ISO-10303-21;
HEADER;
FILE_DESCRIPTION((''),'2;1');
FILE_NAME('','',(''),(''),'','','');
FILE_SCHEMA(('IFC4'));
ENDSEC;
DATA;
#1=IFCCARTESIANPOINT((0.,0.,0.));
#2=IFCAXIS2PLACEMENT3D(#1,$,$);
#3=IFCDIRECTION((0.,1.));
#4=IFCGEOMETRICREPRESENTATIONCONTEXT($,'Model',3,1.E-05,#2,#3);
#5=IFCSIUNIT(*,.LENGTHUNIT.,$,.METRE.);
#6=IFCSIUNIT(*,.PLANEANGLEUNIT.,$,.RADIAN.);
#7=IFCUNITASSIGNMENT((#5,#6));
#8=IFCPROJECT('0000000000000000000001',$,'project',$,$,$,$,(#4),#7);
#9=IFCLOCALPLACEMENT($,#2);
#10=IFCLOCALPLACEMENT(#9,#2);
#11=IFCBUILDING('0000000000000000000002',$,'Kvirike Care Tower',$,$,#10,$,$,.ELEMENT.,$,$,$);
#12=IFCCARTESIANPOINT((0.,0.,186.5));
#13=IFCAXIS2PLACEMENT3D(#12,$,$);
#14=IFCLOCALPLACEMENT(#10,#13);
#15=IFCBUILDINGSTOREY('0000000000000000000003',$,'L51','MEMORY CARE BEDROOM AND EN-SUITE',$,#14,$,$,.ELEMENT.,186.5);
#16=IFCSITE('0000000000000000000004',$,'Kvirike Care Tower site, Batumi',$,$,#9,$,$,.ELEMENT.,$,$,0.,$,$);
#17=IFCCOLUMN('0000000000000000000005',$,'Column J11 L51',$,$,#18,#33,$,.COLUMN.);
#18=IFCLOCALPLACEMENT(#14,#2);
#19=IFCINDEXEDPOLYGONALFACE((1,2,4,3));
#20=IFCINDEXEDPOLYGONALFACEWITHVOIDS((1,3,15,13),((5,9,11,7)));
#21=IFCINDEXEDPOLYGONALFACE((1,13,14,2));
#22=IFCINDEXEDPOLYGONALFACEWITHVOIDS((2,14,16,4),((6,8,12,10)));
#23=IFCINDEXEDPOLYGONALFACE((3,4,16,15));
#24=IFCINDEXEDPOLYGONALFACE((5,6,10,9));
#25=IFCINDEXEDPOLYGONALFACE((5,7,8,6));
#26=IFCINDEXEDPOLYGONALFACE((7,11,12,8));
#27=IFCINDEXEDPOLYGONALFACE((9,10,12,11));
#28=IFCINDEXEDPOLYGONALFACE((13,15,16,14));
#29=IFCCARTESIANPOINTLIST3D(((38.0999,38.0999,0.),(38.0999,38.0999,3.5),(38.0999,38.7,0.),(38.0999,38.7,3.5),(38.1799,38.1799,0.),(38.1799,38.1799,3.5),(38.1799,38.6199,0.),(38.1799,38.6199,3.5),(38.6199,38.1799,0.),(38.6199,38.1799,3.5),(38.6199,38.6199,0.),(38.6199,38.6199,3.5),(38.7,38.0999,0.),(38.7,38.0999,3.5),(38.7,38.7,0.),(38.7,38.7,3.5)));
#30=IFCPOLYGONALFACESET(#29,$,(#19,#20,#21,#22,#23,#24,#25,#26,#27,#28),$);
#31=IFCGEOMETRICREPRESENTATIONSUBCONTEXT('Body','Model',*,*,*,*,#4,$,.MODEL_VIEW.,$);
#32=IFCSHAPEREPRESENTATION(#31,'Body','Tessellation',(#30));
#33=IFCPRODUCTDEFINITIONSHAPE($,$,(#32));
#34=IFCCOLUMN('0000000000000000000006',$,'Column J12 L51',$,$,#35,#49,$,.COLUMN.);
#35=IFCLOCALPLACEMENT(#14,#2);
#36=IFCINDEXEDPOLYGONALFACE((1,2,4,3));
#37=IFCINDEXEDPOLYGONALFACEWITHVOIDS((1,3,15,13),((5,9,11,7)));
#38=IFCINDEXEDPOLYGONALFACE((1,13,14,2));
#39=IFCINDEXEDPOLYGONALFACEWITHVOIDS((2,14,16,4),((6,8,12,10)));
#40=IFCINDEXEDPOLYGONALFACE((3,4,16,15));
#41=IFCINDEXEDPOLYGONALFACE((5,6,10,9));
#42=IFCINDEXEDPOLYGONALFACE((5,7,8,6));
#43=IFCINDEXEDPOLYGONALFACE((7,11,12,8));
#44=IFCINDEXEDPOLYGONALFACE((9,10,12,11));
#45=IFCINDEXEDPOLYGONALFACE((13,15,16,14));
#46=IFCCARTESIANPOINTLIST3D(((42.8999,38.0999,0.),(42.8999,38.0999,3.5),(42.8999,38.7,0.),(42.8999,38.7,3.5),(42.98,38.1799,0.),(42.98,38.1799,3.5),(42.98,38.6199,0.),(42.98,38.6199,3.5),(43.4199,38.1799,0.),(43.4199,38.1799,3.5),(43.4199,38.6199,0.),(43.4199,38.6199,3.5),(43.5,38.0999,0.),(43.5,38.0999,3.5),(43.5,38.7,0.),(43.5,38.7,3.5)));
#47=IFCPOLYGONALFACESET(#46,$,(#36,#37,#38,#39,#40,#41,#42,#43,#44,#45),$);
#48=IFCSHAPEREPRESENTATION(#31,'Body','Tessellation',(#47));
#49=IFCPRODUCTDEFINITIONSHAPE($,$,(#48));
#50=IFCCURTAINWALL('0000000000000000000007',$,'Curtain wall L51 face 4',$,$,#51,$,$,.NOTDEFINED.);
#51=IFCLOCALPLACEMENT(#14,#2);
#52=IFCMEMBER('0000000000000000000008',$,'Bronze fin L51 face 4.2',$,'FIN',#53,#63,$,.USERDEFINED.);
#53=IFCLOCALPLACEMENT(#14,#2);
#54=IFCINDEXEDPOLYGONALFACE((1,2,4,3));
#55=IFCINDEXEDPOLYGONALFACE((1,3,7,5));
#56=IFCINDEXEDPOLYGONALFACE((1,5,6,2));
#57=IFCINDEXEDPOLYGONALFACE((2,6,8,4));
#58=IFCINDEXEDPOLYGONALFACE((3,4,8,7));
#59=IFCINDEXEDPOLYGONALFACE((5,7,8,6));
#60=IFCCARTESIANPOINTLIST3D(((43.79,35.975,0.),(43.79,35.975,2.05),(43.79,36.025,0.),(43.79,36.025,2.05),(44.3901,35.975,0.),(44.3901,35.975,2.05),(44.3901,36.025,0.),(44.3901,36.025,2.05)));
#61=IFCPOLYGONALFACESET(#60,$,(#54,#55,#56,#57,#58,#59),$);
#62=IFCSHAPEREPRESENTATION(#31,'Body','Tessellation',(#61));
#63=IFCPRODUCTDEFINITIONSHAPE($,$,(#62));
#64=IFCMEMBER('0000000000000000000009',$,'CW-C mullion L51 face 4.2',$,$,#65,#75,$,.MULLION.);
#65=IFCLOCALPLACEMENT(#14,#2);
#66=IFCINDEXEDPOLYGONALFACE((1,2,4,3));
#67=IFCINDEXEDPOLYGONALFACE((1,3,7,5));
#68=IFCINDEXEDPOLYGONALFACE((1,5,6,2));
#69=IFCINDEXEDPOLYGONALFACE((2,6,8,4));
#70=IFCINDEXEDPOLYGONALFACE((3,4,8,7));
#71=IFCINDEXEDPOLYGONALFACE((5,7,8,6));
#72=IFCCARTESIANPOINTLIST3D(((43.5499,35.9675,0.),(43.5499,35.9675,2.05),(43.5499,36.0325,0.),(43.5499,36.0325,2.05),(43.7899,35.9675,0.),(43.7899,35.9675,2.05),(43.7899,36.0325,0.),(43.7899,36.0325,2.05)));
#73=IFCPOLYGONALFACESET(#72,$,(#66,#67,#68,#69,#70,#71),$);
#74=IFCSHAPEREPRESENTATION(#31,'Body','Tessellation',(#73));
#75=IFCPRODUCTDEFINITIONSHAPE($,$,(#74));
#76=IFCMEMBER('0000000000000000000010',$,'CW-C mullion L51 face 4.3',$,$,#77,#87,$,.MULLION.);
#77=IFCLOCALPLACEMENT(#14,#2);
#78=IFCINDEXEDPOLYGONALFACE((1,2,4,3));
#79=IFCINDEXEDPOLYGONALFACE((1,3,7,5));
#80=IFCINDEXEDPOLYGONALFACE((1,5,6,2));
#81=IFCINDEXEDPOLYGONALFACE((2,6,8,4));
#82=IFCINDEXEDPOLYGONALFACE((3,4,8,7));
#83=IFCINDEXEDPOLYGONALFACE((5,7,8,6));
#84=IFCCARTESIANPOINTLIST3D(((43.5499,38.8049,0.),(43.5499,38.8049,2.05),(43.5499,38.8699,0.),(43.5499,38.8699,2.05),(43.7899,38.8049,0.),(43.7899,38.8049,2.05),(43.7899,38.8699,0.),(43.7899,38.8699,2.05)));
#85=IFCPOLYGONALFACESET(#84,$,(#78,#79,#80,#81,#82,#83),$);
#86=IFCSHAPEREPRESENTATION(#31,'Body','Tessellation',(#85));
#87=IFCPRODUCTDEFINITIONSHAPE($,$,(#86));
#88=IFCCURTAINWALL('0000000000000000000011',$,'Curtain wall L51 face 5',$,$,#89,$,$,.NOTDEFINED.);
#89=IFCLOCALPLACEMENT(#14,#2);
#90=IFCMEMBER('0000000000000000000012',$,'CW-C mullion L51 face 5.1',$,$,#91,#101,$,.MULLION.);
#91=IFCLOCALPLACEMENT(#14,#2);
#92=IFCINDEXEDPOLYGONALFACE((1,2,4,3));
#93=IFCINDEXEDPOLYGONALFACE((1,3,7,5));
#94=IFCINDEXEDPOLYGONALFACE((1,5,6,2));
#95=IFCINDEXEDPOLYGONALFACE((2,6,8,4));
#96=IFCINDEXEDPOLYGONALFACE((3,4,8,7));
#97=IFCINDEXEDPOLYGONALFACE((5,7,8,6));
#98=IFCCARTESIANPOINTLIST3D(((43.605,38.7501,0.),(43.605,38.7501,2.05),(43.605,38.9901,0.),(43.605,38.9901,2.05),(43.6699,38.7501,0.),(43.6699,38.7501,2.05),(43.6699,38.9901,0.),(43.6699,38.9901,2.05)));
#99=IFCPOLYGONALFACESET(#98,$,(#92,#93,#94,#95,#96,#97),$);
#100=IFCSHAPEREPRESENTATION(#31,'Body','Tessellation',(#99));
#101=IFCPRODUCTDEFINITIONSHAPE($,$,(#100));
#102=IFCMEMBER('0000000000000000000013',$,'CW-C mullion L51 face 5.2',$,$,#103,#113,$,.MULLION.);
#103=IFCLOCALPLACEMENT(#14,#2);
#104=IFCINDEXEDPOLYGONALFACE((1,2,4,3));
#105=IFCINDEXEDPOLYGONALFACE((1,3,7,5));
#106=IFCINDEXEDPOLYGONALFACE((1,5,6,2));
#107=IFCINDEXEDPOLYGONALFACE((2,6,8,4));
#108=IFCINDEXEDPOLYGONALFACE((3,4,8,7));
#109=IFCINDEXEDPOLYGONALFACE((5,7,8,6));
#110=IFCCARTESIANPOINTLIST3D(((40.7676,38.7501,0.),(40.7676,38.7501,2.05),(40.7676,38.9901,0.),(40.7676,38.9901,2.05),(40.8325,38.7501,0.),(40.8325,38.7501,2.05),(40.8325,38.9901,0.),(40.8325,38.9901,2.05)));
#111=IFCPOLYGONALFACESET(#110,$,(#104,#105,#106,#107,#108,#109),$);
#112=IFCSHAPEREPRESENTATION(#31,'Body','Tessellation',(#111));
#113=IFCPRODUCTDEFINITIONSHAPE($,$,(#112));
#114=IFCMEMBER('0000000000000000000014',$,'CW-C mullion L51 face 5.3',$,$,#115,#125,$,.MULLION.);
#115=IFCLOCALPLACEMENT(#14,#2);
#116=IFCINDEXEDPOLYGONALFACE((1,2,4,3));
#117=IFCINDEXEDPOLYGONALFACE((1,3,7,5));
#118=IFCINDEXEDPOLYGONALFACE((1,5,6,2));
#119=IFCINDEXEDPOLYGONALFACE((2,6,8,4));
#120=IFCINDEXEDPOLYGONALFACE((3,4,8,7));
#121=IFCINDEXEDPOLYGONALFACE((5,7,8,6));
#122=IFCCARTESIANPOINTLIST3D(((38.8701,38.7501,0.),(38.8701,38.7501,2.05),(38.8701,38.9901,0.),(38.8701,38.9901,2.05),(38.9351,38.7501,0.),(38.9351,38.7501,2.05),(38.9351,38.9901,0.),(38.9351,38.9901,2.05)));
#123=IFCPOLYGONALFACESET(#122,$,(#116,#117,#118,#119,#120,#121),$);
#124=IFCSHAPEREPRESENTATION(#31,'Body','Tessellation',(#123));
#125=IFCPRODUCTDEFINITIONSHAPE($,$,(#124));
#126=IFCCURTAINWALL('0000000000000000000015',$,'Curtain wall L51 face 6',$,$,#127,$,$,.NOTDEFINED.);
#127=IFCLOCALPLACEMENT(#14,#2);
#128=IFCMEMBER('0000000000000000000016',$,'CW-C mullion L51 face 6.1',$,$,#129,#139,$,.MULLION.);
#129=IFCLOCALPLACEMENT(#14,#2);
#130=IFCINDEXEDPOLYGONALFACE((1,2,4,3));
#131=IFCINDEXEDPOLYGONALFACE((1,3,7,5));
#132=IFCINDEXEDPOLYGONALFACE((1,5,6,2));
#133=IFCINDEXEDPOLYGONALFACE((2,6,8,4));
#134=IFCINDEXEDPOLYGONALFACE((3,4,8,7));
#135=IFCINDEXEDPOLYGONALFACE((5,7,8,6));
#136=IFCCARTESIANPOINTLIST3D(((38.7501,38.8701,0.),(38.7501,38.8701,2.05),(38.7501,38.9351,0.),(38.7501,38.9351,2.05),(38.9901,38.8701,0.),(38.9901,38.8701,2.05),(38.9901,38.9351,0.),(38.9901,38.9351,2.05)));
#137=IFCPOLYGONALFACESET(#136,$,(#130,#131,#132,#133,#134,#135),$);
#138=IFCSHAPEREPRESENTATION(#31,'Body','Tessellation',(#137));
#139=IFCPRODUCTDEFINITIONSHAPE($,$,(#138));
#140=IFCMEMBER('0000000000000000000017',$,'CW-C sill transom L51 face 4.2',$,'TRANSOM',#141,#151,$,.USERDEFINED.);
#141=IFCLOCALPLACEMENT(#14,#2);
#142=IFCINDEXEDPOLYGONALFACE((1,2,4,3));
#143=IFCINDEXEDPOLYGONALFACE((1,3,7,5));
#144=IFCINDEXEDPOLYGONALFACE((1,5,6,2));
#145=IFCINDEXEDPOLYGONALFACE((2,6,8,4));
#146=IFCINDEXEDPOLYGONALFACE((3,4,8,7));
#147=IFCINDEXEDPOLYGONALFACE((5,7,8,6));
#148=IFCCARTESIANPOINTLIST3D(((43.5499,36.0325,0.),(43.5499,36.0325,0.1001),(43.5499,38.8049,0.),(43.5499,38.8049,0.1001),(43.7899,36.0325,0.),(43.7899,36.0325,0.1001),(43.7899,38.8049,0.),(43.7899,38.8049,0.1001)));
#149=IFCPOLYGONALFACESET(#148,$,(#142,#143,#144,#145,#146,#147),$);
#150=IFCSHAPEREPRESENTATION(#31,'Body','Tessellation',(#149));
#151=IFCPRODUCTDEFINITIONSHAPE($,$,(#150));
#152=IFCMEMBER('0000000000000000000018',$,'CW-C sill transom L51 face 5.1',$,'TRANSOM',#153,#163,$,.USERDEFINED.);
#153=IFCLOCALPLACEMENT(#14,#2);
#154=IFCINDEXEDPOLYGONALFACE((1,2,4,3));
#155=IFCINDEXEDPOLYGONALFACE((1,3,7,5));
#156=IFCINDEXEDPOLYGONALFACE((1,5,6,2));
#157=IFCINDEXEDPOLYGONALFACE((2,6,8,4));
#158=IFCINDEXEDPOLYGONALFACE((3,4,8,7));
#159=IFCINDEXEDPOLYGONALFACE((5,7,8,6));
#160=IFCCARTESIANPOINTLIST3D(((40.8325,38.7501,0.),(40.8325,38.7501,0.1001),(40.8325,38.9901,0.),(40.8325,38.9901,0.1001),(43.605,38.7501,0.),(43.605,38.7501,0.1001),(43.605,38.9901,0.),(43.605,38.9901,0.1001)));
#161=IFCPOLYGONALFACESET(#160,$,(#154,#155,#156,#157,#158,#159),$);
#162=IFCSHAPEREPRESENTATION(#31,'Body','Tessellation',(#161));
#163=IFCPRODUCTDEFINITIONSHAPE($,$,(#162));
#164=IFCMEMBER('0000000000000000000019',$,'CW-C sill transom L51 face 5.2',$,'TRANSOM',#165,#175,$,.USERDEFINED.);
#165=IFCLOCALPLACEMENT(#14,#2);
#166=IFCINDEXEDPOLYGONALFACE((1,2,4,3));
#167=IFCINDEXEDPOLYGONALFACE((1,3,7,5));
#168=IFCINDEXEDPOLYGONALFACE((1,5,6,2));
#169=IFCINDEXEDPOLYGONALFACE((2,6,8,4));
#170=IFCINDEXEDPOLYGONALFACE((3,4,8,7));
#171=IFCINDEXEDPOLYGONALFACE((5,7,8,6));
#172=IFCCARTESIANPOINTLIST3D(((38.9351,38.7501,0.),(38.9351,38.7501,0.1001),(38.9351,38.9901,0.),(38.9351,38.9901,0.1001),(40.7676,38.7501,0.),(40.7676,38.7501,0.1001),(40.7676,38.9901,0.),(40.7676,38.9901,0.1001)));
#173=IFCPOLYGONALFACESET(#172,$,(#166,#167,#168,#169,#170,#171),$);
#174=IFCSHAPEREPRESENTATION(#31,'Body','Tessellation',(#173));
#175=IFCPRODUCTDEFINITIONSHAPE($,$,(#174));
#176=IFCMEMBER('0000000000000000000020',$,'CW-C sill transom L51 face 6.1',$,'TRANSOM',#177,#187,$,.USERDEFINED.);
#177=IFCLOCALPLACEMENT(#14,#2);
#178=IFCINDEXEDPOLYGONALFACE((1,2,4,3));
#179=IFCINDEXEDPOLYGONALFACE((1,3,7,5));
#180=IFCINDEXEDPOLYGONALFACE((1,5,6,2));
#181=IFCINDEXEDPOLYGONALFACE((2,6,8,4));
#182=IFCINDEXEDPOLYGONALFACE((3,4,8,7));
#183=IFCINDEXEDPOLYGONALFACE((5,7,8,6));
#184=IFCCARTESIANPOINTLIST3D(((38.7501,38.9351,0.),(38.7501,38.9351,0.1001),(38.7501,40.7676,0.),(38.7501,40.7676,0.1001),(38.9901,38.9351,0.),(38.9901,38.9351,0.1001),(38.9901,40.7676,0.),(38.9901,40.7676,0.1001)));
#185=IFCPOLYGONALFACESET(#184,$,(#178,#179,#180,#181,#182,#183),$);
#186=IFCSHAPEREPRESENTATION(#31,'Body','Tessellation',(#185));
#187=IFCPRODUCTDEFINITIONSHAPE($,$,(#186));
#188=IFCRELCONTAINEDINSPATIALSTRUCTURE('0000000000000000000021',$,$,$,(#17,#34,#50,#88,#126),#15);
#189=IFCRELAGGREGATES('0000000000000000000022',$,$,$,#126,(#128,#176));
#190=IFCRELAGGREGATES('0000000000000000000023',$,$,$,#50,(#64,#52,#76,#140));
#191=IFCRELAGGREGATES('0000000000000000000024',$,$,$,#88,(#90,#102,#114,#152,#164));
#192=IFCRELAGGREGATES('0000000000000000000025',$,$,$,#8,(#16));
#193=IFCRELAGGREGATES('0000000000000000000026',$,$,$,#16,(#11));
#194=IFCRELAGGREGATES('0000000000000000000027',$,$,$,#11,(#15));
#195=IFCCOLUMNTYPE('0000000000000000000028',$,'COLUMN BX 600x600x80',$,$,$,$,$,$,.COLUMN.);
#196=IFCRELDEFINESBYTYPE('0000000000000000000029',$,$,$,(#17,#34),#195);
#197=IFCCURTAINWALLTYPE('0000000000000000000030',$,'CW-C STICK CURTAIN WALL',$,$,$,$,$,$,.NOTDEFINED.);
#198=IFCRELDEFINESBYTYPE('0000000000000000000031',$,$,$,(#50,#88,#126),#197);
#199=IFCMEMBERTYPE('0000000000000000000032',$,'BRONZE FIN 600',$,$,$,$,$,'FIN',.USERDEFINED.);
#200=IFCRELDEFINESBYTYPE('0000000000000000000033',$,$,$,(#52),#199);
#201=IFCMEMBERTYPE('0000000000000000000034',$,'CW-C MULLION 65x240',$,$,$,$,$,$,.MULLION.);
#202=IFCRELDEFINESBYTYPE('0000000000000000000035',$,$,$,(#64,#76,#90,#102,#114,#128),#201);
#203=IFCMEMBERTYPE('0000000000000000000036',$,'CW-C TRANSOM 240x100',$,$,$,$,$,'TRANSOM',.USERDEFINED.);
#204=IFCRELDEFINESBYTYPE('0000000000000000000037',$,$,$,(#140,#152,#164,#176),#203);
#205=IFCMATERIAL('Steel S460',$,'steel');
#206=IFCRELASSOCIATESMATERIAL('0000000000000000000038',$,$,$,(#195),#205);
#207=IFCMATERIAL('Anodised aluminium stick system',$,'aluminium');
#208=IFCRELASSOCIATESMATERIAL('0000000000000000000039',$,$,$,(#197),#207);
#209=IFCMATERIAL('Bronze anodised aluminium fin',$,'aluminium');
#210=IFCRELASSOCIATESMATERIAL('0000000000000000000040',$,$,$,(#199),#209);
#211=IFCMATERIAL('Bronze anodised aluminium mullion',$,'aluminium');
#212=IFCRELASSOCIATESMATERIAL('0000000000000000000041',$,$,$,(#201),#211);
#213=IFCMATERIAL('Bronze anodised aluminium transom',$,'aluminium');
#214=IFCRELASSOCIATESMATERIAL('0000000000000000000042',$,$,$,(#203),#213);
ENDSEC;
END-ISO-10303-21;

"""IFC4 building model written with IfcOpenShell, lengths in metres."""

from ifc_helpers import new_model, si_unit, direction, frame, origin, origin_2d, place, context, subcontext, project, spatial, rectangle, hollow_rectangle, extrude, material, material_profile, profile_set, type_object, element, aggregate, save


model = new_model("IFC4")

# Units and contexts
model_context = context("Model", 3, precision=1e-05, world=origin(), true_north=direction((0.0, 1.0)))
body_context = subcontext(model_context, "Body", "Model", "MODEL_VIEW")
ifc_project = project(units=[si_unit("LENGTHUNIT", "METRE"), si_unit("PLANEANGLEUNIT", "RADIAN")], contexts=[model_context])

# Site, building, storey
site_placement = place(None, origin())
site = spatial("IfcSite", under=ifc_project, at=site_placement, Name="Kvirike Care Tower site, Batumi", CompositionType="ELEMENT", RefElevation=0.0)
building_placement = place(site_placement, origin())
building = spatial("IfcBuilding", under=site, at=building_placement, Name="Kvirike Care Tower", CompositionType="ELEMENT")
storey_placement = place(building_placement, frame((0.0, 0.0, 186.5)))
storey = spatial("IfcBuildingStorey", under=building, at=storey_placement, Name="L51", Description="MEMORY CARE BEDROOM AND EN-SUITE", CompositionType="ELEMENT", Elevation=186.5)

# Columns
ifc_material_1 = material(Name="Steel S460", Category="steel")
ifc_material_profile_1 = material_profile(ifc_material_1, hollow_rectangle(XDim=0.6001, YDim=0.6001, WallThickness=0.0801, at=origin_2d()), Name="BX 600x600x80")
ifc_profile_set_1 = profile_set([ifc_material_profile_1], Name="Steel S460")
column_type = type_object("IfcColumnType", Name="COLUMN BX 600x600x80", PredefinedType="COLUMN", material=ifc_profile_set_1)
for number, where, z_axis, x_axis, name in (
    (1, (38.3999, 38.3999, 0.0), (0.0, 0.0, 1.0), (0.0, 1.0, 0.0), "Column J11 L51"),
    (2, (43.2, 38.3999, 0.0), (0.0, 0.0, 1.0), (0.0, 1.0, 0.0), "Column J12 L51"),
):
    element("IfcColumn", number, at=place(storey_placement, frame(where, z_axis=z_axis, x_axis=x_axis)), inside=storey, type_object=column_type, Name=name, PredefinedType="COLUMN", context=body_context, shape_type="SweptSolid", body=[
        extrude(hollow_rectangle(XDim=0.6001, YDim=0.6001, WallThickness=0.0801, at=origin_2d()), origin(), (0.0, 0.0, 1.0), 3.5),
    ])

# Curtain walls, members
ifc_material_2 = material(Name="Anodised aluminium stick system", Category="aluminium")
curtain_wall_type = type_object("IfcCurtainWallType", Name="CW-C STICK CURTAIN WALL", PredefinedType="NOTDEFINED", material=ifc_material_2)
curtain_wall_1_placement = place(storey_placement, origin())
curtain_wall_1 = element("IfcCurtainWall", 3, at=curtain_wall_1_placement, inside=storey, type_object=curtain_wall_type, Name="Curtain wall L51 face 4", PredefinedType="NOTDEFINED")
ifc_material_3 = material(Name="Bronze anodised aluminium fin", Category="aluminium")
ifc_material_profile_2 = material_profile(ifc_material_3, rectangle(XDim=0.05, YDim=0.6001, at=origin_2d()), Name="BRONZE FIN 600")
ifc_profile_set_2 = profile_set([ifc_material_profile_2], Name="Bronze anodised aluminium fin")
member_type_1 = type_object("IfcMemberType", Name="BRONZE FIN 600", ElementType="FIN", PredefinedType="USERDEFINED", material=ifc_profile_set_2)
member_1_placement = place(storey_placement, frame((44.0901, 36.0, 0.0), z_axis=(0.0, 0.0, 1.0), x_axis=(0.0, 1.0, 0.0)))
member_1 = element("IfcMember", 4, at=member_1_placement, type_object=member_type_1, Name="Bronze fin L51 face 4.2", ObjectType="FIN", PredefinedType="USERDEFINED", context=body_context, shape_type="SweptSolid", body=[
    extrude(rectangle(XDim=0.05, YDim=0.6001, at=origin_2d()), origin(), (0.0, 0.0, 1.0), 2.05),
])
ifc_material_4 = material(Name="Bronze anodised aluminium mullion", Category="aluminium")
ifc_material_profile_3 = material_profile(ifc_material_4, rectangle(XDim=0.0649, YDim=0.24, at=origin_2d()), Name="CW-C MULLION 65x240")
ifc_profile_set_3 = profile_set([ifc_material_profile_3], Name="Bronze anodised aluminium mullion")
member_type_2 = type_object("IfcMemberType", Name="CW-C MULLION 65x240", PredefinedType="MULLION", material=ifc_profile_set_3)
member_2_placement = place(storey_placement, frame((43.6699, 36.0, 0.0), z_axis=(0.0, 0.0, 1.0), x_axis=(0.0, 1.0, 0.0)))
member_2 = element("IfcMember", 5, at=member_2_placement, type_object=member_type_2, Name="CW-C mullion L51 face 4.2", PredefinedType="MULLION", context=body_context, shape_type="SweptSolid", body=[
    extrude(rectangle(XDim=0.0649, YDim=0.24, at=origin_2d()), origin(), (0.0, 0.0, 1.0), 2.05),
])
member_3_placement = place(storey_placement, frame((43.6699, 38.8374, 0.0), z_axis=(0.0, 0.0, 1.0), x_axis=(0.0, 1.0, 0.0)))
member_3 = element("IfcMember", 6, at=member_3_placement, type_object=member_type_2, Name="CW-C mullion L51 face 4.3", PredefinedType="MULLION", context=body_context, shape_type="SweptSolid", body=[
    extrude(rectangle(XDim=0.0649, YDim=0.24, at=origin_2d()), origin(), (0.0, 0.0, 1.0), 2.05),
])
curtain_wall_2_placement = place(storey_placement, origin())
curtain_wall_2 = element("IfcCurtainWall", 7, at=curtain_wall_2_placement, inside=storey, type_object=curtain_wall_type, Name="Curtain wall L51 face 5", PredefinedType="NOTDEFINED")
member_4_placement = place(storey_placement, frame((43.6375, 38.8701, 0.0), z_axis=(0.0, 0.0, 1.0), x_axis=(-1.0, 0.0, 0.0)))
member_4 = element("IfcMember", 8, at=member_4_placement, type_object=member_type_2, Name="CW-C mullion L51 face 5.1", PredefinedType="MULLION", context=body_context, shape_type="SweptSolid", body=[
    extrude(rectangle(XDim=0.0649, YDim=0.24, at=origin_2d()), origin(), (0.0, 0.0, 1.0), 2.05),
])
member_5_placement = place(storey_placement, frame((40.8, 38.8701, 0.0), z_axis=(0.0, 0.0, 1.0), x_axis=(-1.0, 0.0, 0.0)))
member_5 = element("IfcMember", 9, at=member_5_placement, type_object=member_type_2, Name="CW-C mullion L51 face 5.2", PredefinedType="MULLION", context=body_context, shape_type="SweptSolid", body=[
    extrude(rectangle(XDim=0.0649, YDim=0.24, at=origin_2d()), origin(), (0.0, 0.0, 1.0), 2.05),
])
member_6_placement = place(storey_placement, frame((38.9026, 38.8701, 0.0), z_axis=(0.0, 0.0, 1.0), x_axis=(-1.0, 0.0, 0.0)))
member_6 = element("IfcMember", 10, at=member_6_placement, type_object=member_type_2, Name="CW-C mullion L51 face 5.3", PredefinedType="MULLION", context=body_context, shape_type="SweptSolid", body=[
    extrude(rectangle(XDim=0.0649, YDim=0.24, at=origin_2d()), origin(), (0.0, 0.0, 1.0), 2.05),
])

# Curtain wall, member
curtain_wall_3_placement = place(storey_placement, origin())
curtain_wall_3 = element("IfcCurtainWall", 11, at=curtain_wall_3_placement, inside=storey, type_object=curtain_wall_type, Name="Curtain wall L51 face 6", PredefinedType="NOTDEFINED")
member_7_placement = place(storey_placement, frame((38.8701, 38.9026, 0.0), z_axis=(0.0, 0.0, 1.0), x_axis=(0.0, 1.0, 0.0)))
member_7 = element("IfcMember", 12, at=member_7_placement, type_object=member_type_2, Name="CW-C mullion L51 face 6.1", PredefinedType="MULLION", context=body_context, shape_type="SweptSolid", body=[
    extrude(rectangle(XDim=0.0649, YDim=0.24, at=origin_2d()), origin(), (0.0, 0.0, 1.0), 2.05),
])

# Members
ifc_material_5 = material(Name="Bronze anodised aluminium transom", Category="aluminium")
ifc_material_profile_4 = material_profile(ifc_material_5, rectangle(XDim=0.24, YDim=0.1001, at=origin_2d()), Name="CW-C TRANSOM 240x100")
ifc_profile_set_4 = profile_set([ifc_material_profile_4], Name="Bronze anodised aluminium transom")
member_type_3 = type_object("IfcMemberType", Name="CW-C TRANSOM 240x100", ElementType="TRANSOM", PredefinedType="USERDEFINED", material=ifc_profile_set_4)
member_8_placement = place(storey_placement, frame((43.6699, 36.0325, 0.05), z_axis=(0.0, 1.0, 0.0), x_axis=(-1.0, 0.0, 0.0)))
member_8 = element("IfcMember", 13, at=member_8_placement, type_object=member_type_3, Name="CW-C sill transom L51 face 4.2", ObjectType="TRANSOM", PredefinedType="USERDEFINED", context=body_context, shape_type="SweptSolid", body=[
    extrude(rectangle(XDim=0.24, YDim=0.1001, at=origin_2d()), origin(), (0.0, 0.0, 1.0), 2.7725),
])
member_9_placement = place(storey_placement, frame((43.605, 38.8701, 0.05), z_axis=(-1.0, 0.0, 0.0), x_axis=(0.0, -1.0, 0.0)))
member_9 = element("IfcMember", 14, at=member_9_placement, type_object=member_type_3, Name="CW-C sill transom L51 face 5.1", ObjectType="TRANSOM", PredefinedType="USERDEFINED", context=body_context, shape_type="SweptSolid", body=[
    extrude(rectangle(XDim=0.24, YDim=0.1001, at=origin_2d()), origin(), (0.0, 0.0, 1.0), 2.7725),
])
member_10_placement = place(storey_placement, frame((40.7676, 38.8701, 0.05), z_axis=(-1.0, 0.0, 0.0), x_axis=(0.0, -1.0, 0.0)))
member_10 = element("IfcMember", 15, at=member_10_placement, type_object=member_type_3, Name="CW-C sill transom L51 face 5.2", ObjectType="TRANSOM", PredefinedType="USERDEFINED", context=body_context, shape_type="SweptSolid", body=[
    extrude(rectangle(XDim=0.24, YDim=0.1001, at=origin_2d()), origin(), (0.0, 0.0, 1.0), 1.8325),
])
member_11_placement = place(storey_placement, frame((38.8701, 38.9351, 0.05), z_axis=(0.0, 1.0, 0.0), x_axis=(-1.0, 0.0, 0.0)))
member_11 = element("IfcMember", 16, at=member_11_placement, type_object=member_type_3, Name="CW-C sill transom L51 face 6.1", ObjectType="TRANSOM", PredefinedType="USERDEFINED", context=body_context, shape_type="SweptSolid", body=[
    extrude(rectangle(XDim=0.24, YDim=0.1001, at=origin_2d()), origin(), (0.0, 0.0, 1.0), 1.8325),
])
aggregate(curtain_wall_3, [member_7, member_11])

aggregate(curtain_wall_1, [member_2, member_1, member_3, member_8])
aggregate(curtain_wall_2, [member_4, member_5, member_6, member_9, member_10])

save(model, "model.ifc")
